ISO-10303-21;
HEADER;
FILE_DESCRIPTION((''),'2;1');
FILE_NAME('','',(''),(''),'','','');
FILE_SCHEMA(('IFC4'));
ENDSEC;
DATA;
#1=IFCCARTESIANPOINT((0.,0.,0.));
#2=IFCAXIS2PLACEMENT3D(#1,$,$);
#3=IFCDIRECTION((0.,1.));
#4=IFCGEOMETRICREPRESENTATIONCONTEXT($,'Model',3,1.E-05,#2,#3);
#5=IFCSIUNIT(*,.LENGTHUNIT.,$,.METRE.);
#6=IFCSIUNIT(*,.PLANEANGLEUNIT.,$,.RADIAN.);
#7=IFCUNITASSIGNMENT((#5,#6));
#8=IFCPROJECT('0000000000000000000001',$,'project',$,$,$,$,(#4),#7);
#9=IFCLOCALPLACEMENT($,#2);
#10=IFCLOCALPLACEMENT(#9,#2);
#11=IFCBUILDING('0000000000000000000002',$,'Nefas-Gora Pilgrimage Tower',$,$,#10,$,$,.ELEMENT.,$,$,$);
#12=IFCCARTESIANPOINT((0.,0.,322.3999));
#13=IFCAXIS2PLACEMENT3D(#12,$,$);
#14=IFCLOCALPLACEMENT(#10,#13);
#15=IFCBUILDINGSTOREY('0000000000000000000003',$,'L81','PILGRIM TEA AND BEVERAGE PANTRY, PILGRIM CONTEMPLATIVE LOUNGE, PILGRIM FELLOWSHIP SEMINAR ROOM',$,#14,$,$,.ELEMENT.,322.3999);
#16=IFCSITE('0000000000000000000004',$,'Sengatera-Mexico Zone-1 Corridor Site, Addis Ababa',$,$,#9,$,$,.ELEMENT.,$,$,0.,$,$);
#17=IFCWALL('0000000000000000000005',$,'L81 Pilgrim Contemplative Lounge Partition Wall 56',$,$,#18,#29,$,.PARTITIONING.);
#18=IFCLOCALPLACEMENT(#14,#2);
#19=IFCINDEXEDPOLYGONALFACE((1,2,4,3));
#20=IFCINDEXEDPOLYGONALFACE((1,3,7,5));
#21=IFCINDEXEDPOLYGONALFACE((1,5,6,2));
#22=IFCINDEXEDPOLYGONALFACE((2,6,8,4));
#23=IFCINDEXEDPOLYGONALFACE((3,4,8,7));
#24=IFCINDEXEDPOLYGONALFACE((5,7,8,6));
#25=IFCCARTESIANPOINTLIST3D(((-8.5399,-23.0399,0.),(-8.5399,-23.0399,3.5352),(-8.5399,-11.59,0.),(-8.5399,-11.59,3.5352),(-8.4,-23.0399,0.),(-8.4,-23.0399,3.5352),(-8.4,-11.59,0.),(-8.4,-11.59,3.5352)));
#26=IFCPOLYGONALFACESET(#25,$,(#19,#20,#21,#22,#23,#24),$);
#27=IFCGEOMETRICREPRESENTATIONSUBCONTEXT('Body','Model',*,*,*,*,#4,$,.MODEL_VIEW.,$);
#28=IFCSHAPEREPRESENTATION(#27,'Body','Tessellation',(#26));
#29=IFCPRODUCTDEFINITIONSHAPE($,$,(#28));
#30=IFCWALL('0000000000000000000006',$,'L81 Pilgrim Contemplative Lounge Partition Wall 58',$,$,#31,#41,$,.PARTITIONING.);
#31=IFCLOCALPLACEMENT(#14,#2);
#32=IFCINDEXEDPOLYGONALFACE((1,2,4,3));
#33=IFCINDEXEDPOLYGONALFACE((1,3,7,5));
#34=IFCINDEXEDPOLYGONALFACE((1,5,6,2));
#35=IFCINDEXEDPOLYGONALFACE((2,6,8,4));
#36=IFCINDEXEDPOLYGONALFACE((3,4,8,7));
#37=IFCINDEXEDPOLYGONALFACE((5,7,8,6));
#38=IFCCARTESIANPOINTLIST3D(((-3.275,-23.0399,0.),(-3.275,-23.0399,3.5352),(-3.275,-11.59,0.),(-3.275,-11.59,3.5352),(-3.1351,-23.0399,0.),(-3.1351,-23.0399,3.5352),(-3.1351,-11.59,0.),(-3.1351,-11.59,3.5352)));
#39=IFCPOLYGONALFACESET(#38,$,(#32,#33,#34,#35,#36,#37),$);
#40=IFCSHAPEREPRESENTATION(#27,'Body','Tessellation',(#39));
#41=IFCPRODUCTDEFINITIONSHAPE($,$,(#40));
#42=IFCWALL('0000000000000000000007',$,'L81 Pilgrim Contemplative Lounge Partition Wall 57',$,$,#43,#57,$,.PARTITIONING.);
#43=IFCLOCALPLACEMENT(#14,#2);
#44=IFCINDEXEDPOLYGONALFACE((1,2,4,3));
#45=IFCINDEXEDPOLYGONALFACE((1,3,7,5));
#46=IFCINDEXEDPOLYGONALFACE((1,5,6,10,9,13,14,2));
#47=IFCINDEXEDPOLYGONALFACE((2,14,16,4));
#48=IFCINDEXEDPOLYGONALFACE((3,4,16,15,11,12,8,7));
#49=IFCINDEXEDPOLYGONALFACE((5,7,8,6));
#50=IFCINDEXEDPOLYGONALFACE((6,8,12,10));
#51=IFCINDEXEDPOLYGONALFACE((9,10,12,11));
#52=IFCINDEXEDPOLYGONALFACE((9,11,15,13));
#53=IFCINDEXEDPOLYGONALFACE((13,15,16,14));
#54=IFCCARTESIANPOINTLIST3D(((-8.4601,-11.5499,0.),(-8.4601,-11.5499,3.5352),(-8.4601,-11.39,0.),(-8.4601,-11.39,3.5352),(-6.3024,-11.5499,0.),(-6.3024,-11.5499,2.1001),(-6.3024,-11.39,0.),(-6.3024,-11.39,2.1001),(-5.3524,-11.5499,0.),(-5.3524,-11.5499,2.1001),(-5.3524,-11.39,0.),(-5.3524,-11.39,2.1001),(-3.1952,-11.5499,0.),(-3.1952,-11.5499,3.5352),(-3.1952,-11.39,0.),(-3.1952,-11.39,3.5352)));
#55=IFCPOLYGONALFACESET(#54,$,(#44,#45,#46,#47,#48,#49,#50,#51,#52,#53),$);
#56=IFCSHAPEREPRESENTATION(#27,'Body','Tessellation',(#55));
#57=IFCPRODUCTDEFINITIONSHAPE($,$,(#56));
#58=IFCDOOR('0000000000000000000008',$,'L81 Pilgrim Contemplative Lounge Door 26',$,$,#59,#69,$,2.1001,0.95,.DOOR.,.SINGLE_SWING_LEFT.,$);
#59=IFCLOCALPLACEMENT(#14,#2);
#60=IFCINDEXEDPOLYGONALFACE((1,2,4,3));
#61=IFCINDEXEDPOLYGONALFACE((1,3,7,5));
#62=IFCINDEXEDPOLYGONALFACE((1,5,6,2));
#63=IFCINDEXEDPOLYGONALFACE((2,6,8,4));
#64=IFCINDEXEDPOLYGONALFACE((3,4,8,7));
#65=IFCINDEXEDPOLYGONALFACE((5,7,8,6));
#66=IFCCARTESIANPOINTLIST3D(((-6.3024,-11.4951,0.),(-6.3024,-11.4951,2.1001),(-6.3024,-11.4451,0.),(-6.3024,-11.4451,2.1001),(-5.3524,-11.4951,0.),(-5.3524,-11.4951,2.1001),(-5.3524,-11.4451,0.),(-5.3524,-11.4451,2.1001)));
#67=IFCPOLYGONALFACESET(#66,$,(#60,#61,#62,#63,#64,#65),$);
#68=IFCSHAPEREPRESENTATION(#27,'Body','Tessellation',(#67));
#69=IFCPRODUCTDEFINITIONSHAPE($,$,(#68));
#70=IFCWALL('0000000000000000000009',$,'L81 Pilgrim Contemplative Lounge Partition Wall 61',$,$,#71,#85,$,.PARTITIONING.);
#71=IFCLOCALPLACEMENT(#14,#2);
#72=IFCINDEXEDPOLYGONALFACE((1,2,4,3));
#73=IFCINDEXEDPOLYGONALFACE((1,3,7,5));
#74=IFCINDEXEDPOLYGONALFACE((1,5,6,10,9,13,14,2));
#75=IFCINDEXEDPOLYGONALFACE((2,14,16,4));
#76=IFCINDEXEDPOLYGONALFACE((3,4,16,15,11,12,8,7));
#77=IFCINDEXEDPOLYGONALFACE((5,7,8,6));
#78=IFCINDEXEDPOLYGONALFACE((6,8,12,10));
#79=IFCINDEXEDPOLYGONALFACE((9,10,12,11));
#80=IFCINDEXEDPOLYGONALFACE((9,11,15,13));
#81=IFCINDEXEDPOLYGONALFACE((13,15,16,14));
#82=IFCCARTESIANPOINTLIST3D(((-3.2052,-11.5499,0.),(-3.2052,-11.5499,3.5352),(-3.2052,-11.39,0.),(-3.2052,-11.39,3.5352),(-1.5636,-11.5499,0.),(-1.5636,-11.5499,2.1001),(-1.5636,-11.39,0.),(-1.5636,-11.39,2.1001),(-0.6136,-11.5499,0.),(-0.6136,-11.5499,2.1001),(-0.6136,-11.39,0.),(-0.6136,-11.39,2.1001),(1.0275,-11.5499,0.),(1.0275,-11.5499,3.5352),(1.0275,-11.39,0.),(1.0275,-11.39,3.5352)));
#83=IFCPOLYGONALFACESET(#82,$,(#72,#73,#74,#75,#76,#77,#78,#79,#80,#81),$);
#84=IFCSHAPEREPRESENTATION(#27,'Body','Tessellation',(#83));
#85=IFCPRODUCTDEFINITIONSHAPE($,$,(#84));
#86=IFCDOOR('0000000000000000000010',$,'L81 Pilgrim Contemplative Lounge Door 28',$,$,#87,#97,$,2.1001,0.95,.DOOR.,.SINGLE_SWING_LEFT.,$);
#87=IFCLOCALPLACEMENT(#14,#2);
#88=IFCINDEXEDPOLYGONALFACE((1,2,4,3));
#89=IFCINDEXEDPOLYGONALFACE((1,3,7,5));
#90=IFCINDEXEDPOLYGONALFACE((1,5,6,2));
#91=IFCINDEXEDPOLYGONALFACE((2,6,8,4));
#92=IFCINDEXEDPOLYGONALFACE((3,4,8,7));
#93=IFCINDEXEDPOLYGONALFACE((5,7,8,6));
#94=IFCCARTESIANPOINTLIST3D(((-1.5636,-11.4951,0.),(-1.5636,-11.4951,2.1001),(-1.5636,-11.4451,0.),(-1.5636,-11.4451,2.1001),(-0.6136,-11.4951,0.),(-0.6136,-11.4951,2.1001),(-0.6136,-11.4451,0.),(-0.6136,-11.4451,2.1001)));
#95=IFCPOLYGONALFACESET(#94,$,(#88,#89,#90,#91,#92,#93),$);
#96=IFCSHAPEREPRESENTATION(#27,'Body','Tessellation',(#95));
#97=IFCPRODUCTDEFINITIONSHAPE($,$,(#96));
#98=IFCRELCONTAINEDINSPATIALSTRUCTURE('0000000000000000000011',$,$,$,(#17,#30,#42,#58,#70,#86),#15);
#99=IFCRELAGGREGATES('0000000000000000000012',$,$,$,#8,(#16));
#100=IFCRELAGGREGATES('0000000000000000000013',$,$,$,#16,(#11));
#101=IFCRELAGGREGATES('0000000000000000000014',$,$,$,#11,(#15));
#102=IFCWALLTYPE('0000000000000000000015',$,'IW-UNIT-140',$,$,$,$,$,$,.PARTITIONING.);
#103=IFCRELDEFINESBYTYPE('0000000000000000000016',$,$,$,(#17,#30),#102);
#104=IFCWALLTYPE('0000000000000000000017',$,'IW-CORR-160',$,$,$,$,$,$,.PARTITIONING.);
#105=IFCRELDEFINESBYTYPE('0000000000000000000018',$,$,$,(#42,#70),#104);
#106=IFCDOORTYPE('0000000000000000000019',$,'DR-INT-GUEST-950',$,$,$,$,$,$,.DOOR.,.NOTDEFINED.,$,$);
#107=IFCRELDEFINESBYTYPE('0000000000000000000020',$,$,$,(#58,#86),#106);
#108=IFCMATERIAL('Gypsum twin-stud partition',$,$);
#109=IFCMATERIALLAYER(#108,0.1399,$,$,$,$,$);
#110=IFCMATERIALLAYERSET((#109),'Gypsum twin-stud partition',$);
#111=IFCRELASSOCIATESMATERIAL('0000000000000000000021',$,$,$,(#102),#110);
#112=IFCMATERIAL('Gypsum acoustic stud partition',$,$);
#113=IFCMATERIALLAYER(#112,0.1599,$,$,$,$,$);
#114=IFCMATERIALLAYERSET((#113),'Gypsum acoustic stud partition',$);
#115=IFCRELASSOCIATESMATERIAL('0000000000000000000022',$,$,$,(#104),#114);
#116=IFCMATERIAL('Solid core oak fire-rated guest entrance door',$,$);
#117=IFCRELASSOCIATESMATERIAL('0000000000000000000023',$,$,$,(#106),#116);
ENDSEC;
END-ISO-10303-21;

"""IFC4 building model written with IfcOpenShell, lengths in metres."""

from ifc_helpers import new_model, si_unit, direction, frame, frame_2d, origin, place, context, subcontext, project, spatial, rectangle, extrude, source, transform, mapped, material, layer, layer_set, type_object, element, fill, save


model = new_model("IFC4")

# Units and contexts
model_context = context("Model", 3, precision=1e-05, world=origin(), true_north=direction((0.0, 1.0)))
body_context = subcontext(model_context, "Body", "Model", "MODEL_VIEW")
ifc_project = project(units=[si_unit("LENGTHUNIT", "METRE"), si_unit("PLANEANGLEUNIT", "RADIAN")], contexts=[model_context])

# Site, building, storey
site_placement = place(None, origin())
site = spatial("IfcSite", under=ifc_project, at=site_placement, Name="Sengatera-Mexico Zone-1 Corridor Site, Addis Ababa", CompositionType="ELEMENT", RefElevation=0.0)
building_placement = place(site_placement, origin())
building = spatial("IfcBuilding", under=site, at=building_placement, Name="Nefas-Gora Pilgrimage Tower", CompositionType="ELEMENT")
storey_placement = place(building_placement, frame((0.0, 0.0, 322.3999)))
storey = spatial("IfcBuildingStorey", under=building, at=storey_placement, Name="L81", Description="PILGRIM TEA AND BEVERAGE PANTRY, PILGRIM CONTEMPLATIVE LOUNGE, PILGRIM FELLOWSHIP SEMINAR ROOM", CompositionType="ELEMENT", Elevation=322.3999)

# Walls
ifc_material_1 = material(Name="Gypsum twin-stud partition")
ifc_layer_1 = layer(ifc_material_1, 0.1399)
ifc_layer_set_1 = layer_set([ifc_layer_1], Name="Gypsum twin-stud partition")
wall_type_1 = type_object("IfcWallType", Name="IW-UNIT-140", PredefinedType="PARTITIONING", material=ifc_layer_set_1)
shared_shape_1 = source(origin(), body_context, "Body", "SweptSolid", [
    extrude(rectangle(XDim=11.45, YDim=0.1399, at=frame_2d((5.7251, 0.0))), origin(), (0.0, 0.0, 1.0), 3.5352),
])
for number, where, z_axis, x_axis, name in (
    (1, (-8.47, -23.04, 0.0), (0.0, 0.0, 1.0), (0.0, 1.0, 0.0), "L81 Pilgrim Contemplative Lounge Partition Wall 56"),
    (2, (-3.2051, -23.04, 0.0), (0.0, 0.0, 1.0), (0.0, 1.0, 0.0), "L81 Pilgrim Contemplative Lounge Partition Wall 58"),
):
    element("IfcWall", number, at=place(storey_placement, frame(where, z_axis=z_axis, x_axis=x_axis)), inside=storey, type_object=wall_type_1, Name=name, PredefinedType="PARTITIONING", context=body_context, shape_type="MappedRepresentation", body=[
        mapped(shared_shape_1, transform((0.0, 0.0, 0.0), x_axis=(1.0, 0.0, 0.0), y_axis=(0.0, 1.0, 0.0), z_axis=(0.0, 0.0, 1.0), scale=1.0)),
    ])

# Walls, openings, doors
ifc_material_2 = material(Name="Gypsum acoustic stud partition")
ifc_layer_2 = layer(ifc_material_2, 0.1599)
ifc_layer_set_2 = layer_set([ifc_layer_2], Name="Gypsum acoustic stud partition")
wall_type_2 = type_object("IfcWallType", Name="IW-CORR-160", PredefinedType="PARTITIONING", material=ifc_layer_set_2)
shared_shape_2 = source(origin(), body_context, "Body", "SweptSolid", [
    extrude(rectangle(XDim=5.2649, YDim=0.1599, at=frame_2d((2.6323, 0.0))), origin(), (0.0, 0.0, 1.0), 3.5352),
])
wall_1_placement = place(storey_placement, frame((-8.46, -11.47, 0.0), z_axis=(0.0, 0.0, 1.0), x_axis=(1.0, 0.0, 0.0)))
wall_1 = element("IfcWall", 3, at=wall_1_placement, inside=storey, type_object=wall_type_2, Name="L81 Pilgrim Contemplative Lounge Partition Wall 57", PredefinedType="PARTITIONING", context=body_context, shape_type="MappedRepresentation", body=[
    mapped(shared_shape_2, transform((0.0, 0.0, 0.0), x_axis=(1.0, 0.0, 0.0), y_axis=(0.0, 1.0, 0.0), z_axis=(0.0, 0.0, 1.0), scale=1.0)),
])
opening_1_placement = place(wall_1_placement, frame((2.1575, 0.0, 0.0)))
opening_1 = element("IfcOpeningElement", 4, at=opening_1_placement, cuts=wall_1, PredefinedType="OPENING", context=body_context, shape_type="SweptSolid", body=[
    extrude(rectangle(XDim=0.95, YDim=2.1001, at=frame_2d((0.4751, 1.05))), frame((0.0, 0.0898, 0.0), z_axis=(0.0, -1.0, 0.0), x_axis=(1.0, 0.0, 0.0)), (0.0, 0.0, 1.0), 0.1799),
])
ifc_material_3 = material(Name="Solid core oak fire-rated guest entrance door")
door_type = type_object("IfcDoorType", Name="DR-INT-GUEST-950", OperationType="NOTDEFINED", PredefinedType="DOOR", material=ifc_material_3)
shared_shape_3 = source(origin(), body_context, "Body", "SweptSolid", [
    extrude(rectangle(XDim=0.95, YDim=2.1001, at=frame_2d((0.4751, 1.05))), frame((0.0, 0.0249, 0.0), z_axis=(0.0, -1.0, 0.0), x_axis=(1.0, 0.0, 0.0)), (0.0, 0.0, 1.0), 0.05),
])
door_1_placement = place(opening_1_placement, origin())
door_1 = element("IfcDoor", 5, at=door_1_placement, inside=storey, type_object=door_type, Name="L81 Pilgrim Contemplative Lounge Door 26", OperationType="SINGLE_SWING_LEFT", OverallHeight=2.1001, OverallWidth=0.95, PredefinedType="DOOR", context=body_context, shape_type="MappedRepresentation", body=[
    mapped(shared_shape_3, transform((0.0, 0.0, 0.0), x_axis=(1.0, 0.0, 0.0), y_axis=(0.0, 1.0, 0.0), z_axis=(0.0, 0.0, 1.0), scale=1.0)),
])
fill(opening_1, door_1)
shared_shape_4 = source(origin(), body_context, "Body", "SweptSolid", [
    extrude(rectangle(XDim=4.2327, YDim=0.1599, at=frame_2d((2.1162, 0.0))), origin(), (0.0, 0.0, 1.0), 3.5352),
])
wall_2_placement = place(storey_placement, frame((-3.2051, -11.47, 0.0), z_axis=(0.0, 0.0, 1.0), x_axis=(1.0, 0.0, 0.0)))
wall_2 = element("IfcWall", 6, at=wall_2_placement, inside=storey, type_object=wall_type_2, Name="L81 Pilgrim Contemplative Lounge Partition Wall 61", PredefinedType="PARTITIONING", context=body_context, shape_type="MappedRepresentation", body=[
    mapped(shared_shape_4, transform((0.0, 0.0, 0.0), x_axis=(1.0, 0.0, 0.0), y_axis=(0.0, 1.0, 0.0), z_axis=(0.0, 0.0, 1.0), scale=1.0)),
])
opening_2_placement = place(wall_2_placement, frame((1.6414, 0.0, 0.0)))
opening_2 = element("IfcOpeningElement", 7, at=opening_2_placement, cuts=wall_2, PredefinedType="OPENING", context=body_context, shape_type="SweptSolid", body=[
    extrude(rectangle(XDim=0.95, YDim=2.1001, at=frame_2d((0.4751, 1.05))), frame((0.0, 0.0898, 0.0), z_axis=(0.0, -1.0, 0.0), x_axis=(1.0, 0.0, 0.0)), (0.0, 0.0, 1.0), 0.1799),
])
door_2_placement = place(opening_2_placement, origin())
door_2 = element("IfcDoor", 8, at=door_2_placement, inside=storey, type_object=door_type, Name="L81 Pilgrim Contemplative Lounge Door 28", OperationType="SINGLE_SWING_LEFT", OverallHeight=2.1001, OverallWidth=0.95, PredefinedType="DOOR", context=body_context, shape_type="MappedRepresentation", body=[
    mapped(shared_shape_3, transform((0.0, 0.0, 0.0), x_axis=(1.0, 0.0, 0.0), y_axis=(0.0, 1.0, 0.0), z_axis=(0.0, 0.0, 1.0), scale=1.0)),
])
fill(opening_2, door_2)

save(model, "model.ifc")
